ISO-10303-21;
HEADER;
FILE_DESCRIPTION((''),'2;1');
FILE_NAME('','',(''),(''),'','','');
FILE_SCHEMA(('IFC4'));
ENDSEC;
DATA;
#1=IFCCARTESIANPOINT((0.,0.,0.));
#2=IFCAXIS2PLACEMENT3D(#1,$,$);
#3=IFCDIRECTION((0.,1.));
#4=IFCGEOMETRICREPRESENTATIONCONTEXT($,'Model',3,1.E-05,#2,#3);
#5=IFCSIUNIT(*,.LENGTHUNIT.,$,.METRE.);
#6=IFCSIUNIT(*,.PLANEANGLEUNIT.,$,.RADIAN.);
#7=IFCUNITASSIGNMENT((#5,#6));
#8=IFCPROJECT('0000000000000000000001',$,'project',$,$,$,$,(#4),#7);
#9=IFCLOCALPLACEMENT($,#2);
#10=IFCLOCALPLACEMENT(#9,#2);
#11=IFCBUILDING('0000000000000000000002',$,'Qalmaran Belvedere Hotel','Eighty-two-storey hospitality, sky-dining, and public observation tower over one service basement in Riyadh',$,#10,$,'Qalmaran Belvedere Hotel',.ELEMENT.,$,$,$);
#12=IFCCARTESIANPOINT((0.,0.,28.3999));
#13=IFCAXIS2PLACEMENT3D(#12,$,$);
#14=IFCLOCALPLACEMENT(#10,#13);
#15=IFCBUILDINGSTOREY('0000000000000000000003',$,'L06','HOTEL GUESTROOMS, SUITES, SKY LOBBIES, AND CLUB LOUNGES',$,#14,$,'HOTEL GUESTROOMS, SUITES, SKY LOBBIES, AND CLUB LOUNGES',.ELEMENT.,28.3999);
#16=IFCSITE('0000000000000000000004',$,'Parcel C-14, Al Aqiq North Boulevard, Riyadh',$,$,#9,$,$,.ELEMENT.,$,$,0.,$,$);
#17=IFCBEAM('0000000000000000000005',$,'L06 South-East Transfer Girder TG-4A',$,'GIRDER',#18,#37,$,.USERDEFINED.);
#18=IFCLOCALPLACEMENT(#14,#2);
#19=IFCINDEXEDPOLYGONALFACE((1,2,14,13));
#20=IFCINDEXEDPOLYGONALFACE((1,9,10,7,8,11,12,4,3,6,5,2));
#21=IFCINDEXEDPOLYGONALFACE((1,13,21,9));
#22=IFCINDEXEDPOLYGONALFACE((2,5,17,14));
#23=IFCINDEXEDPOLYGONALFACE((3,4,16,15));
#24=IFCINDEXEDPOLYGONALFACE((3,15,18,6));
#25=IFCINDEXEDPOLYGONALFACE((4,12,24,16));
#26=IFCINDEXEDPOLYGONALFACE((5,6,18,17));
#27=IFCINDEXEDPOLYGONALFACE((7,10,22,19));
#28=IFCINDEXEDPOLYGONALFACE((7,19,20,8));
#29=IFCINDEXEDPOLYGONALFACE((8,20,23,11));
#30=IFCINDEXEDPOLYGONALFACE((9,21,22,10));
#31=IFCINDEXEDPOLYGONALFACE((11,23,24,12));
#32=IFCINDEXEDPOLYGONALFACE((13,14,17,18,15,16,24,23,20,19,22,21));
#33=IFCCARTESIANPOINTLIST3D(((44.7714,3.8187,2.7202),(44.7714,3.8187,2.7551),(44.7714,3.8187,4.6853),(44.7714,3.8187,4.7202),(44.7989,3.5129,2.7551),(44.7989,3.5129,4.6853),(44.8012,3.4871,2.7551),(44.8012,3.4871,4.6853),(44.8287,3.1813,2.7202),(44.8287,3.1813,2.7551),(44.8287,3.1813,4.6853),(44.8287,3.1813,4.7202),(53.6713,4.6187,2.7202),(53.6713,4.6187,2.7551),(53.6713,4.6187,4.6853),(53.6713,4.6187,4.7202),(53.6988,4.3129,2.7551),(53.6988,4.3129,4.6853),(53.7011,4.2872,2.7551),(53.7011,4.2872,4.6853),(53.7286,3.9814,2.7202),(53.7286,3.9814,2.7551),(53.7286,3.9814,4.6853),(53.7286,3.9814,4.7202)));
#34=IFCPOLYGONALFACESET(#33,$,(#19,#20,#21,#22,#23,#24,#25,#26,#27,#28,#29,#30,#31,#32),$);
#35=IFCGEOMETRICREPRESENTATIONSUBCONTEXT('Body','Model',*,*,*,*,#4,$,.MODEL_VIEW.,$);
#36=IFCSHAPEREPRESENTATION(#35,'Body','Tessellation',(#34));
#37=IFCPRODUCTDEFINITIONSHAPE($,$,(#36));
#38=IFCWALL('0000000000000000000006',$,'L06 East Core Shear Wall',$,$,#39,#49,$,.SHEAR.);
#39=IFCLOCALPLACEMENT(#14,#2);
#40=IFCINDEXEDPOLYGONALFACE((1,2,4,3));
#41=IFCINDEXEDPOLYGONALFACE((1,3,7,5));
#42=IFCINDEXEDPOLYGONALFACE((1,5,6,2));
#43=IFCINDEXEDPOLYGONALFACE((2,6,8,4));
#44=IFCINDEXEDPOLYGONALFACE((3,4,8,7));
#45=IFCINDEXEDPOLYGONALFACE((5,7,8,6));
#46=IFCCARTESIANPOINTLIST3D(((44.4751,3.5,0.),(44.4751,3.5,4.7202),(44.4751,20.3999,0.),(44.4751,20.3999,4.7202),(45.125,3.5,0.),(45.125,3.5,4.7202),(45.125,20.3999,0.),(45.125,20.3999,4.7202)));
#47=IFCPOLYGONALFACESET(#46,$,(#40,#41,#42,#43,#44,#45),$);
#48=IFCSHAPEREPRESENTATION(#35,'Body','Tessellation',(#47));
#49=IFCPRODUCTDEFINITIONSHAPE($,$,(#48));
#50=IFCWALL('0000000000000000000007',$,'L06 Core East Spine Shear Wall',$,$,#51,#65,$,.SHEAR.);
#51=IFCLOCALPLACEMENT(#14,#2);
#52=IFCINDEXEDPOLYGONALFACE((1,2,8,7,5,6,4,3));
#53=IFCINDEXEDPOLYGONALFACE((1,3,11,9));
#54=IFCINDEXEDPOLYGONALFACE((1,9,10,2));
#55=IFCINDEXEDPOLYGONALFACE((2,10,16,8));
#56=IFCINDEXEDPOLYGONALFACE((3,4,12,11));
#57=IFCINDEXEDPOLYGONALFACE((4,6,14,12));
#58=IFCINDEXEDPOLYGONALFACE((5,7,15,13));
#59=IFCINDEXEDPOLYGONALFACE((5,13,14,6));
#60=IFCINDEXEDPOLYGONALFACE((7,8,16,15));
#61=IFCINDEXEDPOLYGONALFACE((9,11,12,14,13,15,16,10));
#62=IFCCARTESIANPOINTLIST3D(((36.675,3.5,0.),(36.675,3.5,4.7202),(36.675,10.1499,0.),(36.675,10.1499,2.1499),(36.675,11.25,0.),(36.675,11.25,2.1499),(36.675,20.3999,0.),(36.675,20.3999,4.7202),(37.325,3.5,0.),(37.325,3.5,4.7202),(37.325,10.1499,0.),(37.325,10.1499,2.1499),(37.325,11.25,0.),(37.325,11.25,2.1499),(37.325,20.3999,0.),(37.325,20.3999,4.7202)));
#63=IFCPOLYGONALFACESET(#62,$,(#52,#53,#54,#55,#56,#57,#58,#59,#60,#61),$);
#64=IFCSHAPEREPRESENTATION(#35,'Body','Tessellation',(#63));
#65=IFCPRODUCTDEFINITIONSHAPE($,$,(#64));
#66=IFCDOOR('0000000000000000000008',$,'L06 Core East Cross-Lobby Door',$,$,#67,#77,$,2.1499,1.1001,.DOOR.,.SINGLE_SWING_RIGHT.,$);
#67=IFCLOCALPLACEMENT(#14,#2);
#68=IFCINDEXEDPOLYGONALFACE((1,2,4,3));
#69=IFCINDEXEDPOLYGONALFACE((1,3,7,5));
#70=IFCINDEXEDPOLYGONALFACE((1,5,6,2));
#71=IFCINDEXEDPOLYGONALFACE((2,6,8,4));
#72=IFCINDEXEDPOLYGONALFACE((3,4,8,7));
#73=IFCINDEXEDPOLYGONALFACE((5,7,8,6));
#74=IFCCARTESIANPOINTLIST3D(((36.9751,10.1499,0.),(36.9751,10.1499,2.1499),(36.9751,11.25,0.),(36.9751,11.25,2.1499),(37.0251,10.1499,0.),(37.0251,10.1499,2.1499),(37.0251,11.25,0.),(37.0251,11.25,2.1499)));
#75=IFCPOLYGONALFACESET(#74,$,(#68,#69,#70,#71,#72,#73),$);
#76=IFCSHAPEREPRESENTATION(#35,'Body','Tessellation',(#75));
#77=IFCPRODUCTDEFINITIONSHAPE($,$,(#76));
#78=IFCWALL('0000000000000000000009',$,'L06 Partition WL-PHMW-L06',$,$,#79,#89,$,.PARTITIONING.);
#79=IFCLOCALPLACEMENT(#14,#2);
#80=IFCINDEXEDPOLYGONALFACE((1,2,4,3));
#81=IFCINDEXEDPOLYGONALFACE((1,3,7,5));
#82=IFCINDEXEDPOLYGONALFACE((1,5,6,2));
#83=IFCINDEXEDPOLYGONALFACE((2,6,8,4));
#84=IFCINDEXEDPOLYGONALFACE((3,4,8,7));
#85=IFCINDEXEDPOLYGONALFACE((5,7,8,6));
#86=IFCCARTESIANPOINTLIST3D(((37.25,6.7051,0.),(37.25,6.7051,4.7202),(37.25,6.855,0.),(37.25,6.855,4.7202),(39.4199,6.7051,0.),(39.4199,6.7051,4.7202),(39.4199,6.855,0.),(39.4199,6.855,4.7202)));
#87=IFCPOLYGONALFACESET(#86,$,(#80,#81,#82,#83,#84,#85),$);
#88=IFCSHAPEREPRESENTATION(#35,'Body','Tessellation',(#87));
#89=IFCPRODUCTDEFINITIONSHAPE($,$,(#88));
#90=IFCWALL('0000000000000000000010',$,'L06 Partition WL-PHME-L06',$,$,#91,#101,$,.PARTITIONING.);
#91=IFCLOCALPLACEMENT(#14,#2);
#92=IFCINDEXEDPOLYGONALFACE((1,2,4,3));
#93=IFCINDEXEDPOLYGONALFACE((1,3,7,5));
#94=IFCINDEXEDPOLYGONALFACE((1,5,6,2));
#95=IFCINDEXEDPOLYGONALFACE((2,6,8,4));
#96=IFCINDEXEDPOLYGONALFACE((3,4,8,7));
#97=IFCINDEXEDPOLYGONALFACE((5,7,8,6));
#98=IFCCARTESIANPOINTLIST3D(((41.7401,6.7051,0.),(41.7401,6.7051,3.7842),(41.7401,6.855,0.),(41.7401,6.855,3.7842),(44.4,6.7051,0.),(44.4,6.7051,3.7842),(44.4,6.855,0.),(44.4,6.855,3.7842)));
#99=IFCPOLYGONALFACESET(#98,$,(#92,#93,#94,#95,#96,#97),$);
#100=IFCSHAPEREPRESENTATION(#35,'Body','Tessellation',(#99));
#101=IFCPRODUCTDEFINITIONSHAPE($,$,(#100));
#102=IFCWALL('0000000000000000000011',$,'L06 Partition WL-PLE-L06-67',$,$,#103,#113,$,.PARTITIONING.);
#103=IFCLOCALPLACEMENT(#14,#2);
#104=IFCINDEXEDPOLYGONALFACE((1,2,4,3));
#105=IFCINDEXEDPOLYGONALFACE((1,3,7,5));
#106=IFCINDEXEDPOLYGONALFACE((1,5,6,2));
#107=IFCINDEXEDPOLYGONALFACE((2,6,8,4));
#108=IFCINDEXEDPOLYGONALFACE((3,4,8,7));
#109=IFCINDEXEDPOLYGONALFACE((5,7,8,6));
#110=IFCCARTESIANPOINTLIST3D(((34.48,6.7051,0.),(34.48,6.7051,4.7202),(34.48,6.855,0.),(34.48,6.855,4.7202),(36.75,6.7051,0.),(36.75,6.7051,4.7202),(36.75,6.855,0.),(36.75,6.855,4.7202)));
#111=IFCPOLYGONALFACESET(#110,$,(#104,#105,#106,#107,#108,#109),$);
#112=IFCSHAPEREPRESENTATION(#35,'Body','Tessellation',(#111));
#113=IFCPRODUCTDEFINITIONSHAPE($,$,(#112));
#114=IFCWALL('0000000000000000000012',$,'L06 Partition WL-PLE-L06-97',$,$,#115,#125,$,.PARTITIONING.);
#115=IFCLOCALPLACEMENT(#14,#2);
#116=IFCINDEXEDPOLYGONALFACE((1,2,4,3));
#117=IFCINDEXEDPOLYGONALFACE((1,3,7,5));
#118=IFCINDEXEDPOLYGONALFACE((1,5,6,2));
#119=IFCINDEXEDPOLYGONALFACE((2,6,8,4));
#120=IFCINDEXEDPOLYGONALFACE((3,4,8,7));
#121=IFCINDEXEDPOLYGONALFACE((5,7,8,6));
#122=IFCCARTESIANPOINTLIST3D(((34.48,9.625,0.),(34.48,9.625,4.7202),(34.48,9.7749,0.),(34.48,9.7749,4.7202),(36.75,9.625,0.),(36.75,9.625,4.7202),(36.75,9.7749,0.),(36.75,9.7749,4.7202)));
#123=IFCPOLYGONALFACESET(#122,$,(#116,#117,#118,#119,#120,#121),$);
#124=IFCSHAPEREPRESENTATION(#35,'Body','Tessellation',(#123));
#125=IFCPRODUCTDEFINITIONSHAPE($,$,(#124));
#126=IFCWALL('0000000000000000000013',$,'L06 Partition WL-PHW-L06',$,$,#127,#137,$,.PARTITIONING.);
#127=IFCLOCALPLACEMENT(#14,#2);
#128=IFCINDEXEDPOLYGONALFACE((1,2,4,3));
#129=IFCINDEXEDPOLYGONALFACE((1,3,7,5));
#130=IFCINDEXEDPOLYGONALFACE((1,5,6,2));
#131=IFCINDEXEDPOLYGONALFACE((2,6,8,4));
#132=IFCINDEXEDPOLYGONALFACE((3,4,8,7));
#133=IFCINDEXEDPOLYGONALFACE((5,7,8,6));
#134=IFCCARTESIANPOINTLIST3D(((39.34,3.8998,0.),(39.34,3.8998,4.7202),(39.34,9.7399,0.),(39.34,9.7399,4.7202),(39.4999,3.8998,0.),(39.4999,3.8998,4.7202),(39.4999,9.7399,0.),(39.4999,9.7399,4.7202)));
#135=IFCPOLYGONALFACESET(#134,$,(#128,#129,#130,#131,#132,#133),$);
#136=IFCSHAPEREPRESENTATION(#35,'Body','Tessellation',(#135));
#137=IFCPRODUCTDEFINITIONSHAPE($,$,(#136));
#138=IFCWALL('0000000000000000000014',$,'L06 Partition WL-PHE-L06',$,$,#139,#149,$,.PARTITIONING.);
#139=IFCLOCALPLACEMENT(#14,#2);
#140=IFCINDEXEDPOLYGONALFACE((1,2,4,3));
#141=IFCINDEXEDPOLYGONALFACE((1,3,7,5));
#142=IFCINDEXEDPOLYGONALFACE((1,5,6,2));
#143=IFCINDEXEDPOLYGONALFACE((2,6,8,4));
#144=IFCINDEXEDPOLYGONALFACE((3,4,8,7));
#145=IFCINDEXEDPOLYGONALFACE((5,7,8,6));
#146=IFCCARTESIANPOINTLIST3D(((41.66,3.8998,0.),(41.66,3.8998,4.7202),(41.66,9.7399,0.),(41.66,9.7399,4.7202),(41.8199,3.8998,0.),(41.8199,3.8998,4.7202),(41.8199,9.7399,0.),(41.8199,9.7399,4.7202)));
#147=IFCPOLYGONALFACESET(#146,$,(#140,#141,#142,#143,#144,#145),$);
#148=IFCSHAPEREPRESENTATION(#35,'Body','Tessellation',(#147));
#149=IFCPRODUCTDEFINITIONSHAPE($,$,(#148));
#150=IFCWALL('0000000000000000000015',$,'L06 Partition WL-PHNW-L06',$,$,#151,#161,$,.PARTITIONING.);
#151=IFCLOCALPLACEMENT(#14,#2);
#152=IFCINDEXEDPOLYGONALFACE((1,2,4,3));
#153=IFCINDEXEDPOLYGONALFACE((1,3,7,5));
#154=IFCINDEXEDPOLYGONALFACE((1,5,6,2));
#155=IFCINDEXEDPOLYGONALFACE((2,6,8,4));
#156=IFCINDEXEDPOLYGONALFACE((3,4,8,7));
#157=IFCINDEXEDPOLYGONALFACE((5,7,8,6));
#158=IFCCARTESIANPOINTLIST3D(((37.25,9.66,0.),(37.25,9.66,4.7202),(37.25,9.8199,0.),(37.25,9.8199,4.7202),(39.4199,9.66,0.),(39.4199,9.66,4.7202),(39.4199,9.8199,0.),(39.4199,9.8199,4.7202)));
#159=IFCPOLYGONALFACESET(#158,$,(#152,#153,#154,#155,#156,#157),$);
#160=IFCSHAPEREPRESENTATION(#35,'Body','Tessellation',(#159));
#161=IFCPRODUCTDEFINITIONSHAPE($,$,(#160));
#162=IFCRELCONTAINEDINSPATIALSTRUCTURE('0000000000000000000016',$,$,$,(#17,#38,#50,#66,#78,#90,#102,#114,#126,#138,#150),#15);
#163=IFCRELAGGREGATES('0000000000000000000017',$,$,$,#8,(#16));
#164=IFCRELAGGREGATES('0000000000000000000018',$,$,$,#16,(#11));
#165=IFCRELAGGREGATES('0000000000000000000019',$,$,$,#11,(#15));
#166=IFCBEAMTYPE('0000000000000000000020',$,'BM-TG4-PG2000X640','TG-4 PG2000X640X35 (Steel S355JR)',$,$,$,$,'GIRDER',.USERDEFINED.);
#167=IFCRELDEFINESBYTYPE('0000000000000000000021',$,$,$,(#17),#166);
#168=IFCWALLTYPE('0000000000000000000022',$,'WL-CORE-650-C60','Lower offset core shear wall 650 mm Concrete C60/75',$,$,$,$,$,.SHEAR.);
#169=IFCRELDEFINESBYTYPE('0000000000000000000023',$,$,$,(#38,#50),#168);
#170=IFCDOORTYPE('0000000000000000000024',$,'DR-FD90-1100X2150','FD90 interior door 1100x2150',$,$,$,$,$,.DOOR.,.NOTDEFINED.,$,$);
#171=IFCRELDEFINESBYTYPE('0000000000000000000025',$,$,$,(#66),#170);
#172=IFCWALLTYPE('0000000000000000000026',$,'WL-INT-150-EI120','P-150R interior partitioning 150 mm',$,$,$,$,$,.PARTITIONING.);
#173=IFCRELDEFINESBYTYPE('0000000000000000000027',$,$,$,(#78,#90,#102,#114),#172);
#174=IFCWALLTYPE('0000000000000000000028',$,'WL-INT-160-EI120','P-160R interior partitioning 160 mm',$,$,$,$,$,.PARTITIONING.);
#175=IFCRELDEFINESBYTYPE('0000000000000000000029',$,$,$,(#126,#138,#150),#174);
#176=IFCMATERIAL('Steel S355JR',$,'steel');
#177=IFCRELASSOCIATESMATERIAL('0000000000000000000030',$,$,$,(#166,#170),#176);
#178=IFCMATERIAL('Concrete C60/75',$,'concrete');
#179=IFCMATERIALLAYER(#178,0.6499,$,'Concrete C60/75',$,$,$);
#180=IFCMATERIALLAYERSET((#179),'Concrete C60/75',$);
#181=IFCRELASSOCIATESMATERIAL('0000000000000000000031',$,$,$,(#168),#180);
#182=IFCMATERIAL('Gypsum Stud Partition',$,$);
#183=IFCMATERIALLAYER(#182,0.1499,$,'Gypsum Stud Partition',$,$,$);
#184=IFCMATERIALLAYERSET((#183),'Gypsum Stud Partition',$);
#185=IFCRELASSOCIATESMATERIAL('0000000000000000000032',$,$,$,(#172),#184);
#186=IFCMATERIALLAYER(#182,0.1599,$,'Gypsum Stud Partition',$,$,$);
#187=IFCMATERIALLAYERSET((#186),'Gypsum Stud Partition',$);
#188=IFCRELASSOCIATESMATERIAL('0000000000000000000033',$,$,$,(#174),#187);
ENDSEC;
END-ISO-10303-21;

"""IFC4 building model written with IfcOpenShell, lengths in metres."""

from ifc_helpers import new_model, si_unit, direction, frame, frame_2d, origin, origin_2d, place, context, subcontext, project, spatial, rectangle, i_section, extrude, material, layer, layer_set, material_profile, profile_set, type_object, element, fill, save


model = new_model("IFC4")

# Units and contexts
model_context = context("Model", 3, precision=1e-05, world=origin(), true_north=direction((0.0, 1.0)))
body_context = subcontext(model_context, "Body", "Model", "MODEL_VIEW")
ifc_project = project(units=[si_unit("LENGTHUNIT", "METRE"), si_unit("PLANEANGLEUNIT", "RADIAN")], contexts=[model_context])

# Site, building, storey
site_placement = place(None, origin())
site = spatial("IfcSite", under=ifc_project, at=site_placement, Name="Parcel C-14, Al Aqiq North Boulevard, Riyadh", CompositionType="ELEMENT", RefElevation=0.0)
building_placement = place(site_placement, origin())
building = spatial("IfcBuilding", under=site, at=building_placement, Name="Qalmaran Belvedere Hotel", Description="Eighty-two-storey hospitality, sky-dining, and public observation tower over one service basement in Riyadh", LongName="Qalmaran Belvedere Hotel", CompositionType="ELEMENT")
storey_placement = place(building_placement, frame((0.0, 0.0, 28.3999)))
storey = spatial("IfcBuildingStorey", under=building, at=storey_placement, Name="L06", Description="HOTEL GUESTROOMS, SUITES, SKY LOBBIES, AND CLUB LOUNGES", LongName="HOTEL GUESTROOMS, SUITES, SKY LOBBIES, AND CLUB LOUNGES", CompositionType="ELEMENT", Elevation=28.3999)

# Shared definitions
ifc_material_1 = material(Name="Concrete C60/75", Category="concrete")

# Beam
ifc_material_2 = material(Name="Steel S355JR", Category="steel")
ifc_material_profile_1 = material_profile(ifc_material_2, i_section(OverallWidth=0.6399, OverallDepth=2.0, WebThickness=0.0259, FlangeThickness=0.0349, at=origin_2d()), Name="PG2000X640X35")
ifc_profile_set_1 = profile_set([ifc_material_profile_1], Name="Steel S355JR")
beam_type_1 = type_object("IfcBeamType", Name="BM-TG4-PG2000X640", Description="TG-4 PG2000X640X35 (Steel S355JR)", ElementType="GIRDER", PredefinedType="USERDEFINED", material=ifc_profile_set_1)
beam_1_placement = place(storey_placement, frame((44.8, 3.5, 3.7202), z_axis=(0.995984, 0.089533, 0.0), x_axis=(-0.089533, 0.995984, 0.0)))
element("IfcBeam", 1, at=beam_1_placement, inside=storey, type_object=beam_type_1, Name="L06 South-East Transfer Girder TG-4A", ObjectType="GIRDER", PredefinedType="USERDEFINED", context=body_context, shape_type="SweptSolid", body=[
    extrude(i_section(OverallWidth=0.6399, OverallDepth=2.0, WebThickness=0.0259, FlangeThickness=0.0349, at=origin_2d()), origin(), (0.0, 0.0, 1.0), 8.9358),
])

# Wall
ifc_layer_1 = layer(ifc_material_1, 0.6499, Name="Concrete C60/75")
ifc_layer_set_1 = layer_set([ifc_layer_1], Name="Concrete C60/75")
wall_type_1 = type_object("IfcWallType", Name="WL-CORE-650-C60", Description="Lower offset core shear wall 650 mm Concrete C60/75", PredefinedType="SHEAR", material=ifc_layer_set_1)
wall_1_placement = place(storey_placement, frame((44.8, 3.5, 0.0), z_axis=(0.0, 0.0, 1.0), x_axis=(0.0, 1.0, 0.0)))
element("IfcWall", 2, at=wall_1_placement, inside=storey, type_object=wall_type_1, Name="L06 East Core Shear Wall", PredefinedType="SHEAR", context=body_context, shape_type="SweptSolid", body=[
    extrude(rectangle(XDim=16.8999, YDim=0.6499, at=frame_2d((8.45, 0.0))), origin(), (0.0, 0.0, 1.0), 4.7202),
])

# Wall, opening, door
wall_2_placement = place(storey_placement, frame((37.0, 3.5, 0.0), z_axis=(0.0, 0.0, 1.0), x_axis=(0.0, 1.0, 0.0)))
wall_2 = element("IfcWall", 3, at=wall_2_placement, inside=storey, type_object=wall_type_1, Name="L06 Core East Spine Shear Wall", PredefinedType="SHEAR", context=body_context, shape_type="SweptSolid", body=[
    extrude(rectangle(XDim=16.8999, YDim=0.6499, at=frame_2d((8.45, 0.0))), origin(), (0.0, 0.0, 1.0), 4.7202),
])
opening_1_placement = place(wall_2_placement, frame((6.6499, 0.0, 0.0)))
opening_1 = element("IfcOpeningElement", 4, at=opening_1_placement, cuts=wall_2, PredefinedType="OPENING", context=body_context, shape_type="SweptSolid", body=[
    extrude(rectangle(XDim=1.1001, YDim=2.1499, at=frame_2d((0.55, 1.075))), frame((0.0, 0.335, 0.0), z_axis=(0.0, -1.0, 0.0), x_axis=(1.0, 0.0, 0.0)), (0.0, 0.0, 1.0), 0.6699),
])
door_type_1 = type_object("IfcDoorType", Name="DR-FD90-1100X2150", Description="FD90 interior door 1100x2150", OperationType="NOTDEFINED", PredefinedType="DOOR", material=ifc_material_2)
door_1_placement = place(opening_1_placement, origin())
door_1 = element("IfcDoor", 5, at=door_1_placement, inside=storey, type_object=door_type_1, Name="L06 Core East Cross-Lobby Door", OperationType="SINGLE_SWING_RIGHT", OverallHeight=2.1499, OverallWidth=1.1001, PredefinedType="DOOR", context=body_context, shape_type="SweptSolid", body=[
    extrude(rectangle(XDim=1.1001, YDim=2.1499, at=frame_2d((0.55, 1.075))), frame((0.0, 0.0249, 0.0), z_axis=(0.0, -1.0, 0.0), x_axis=(1.0, 0.0, 0.0)), (0.0, 0.0, 1.0), 0.05),
])
fill(opening_1, door_1)

# Walls
ifc_material_3 = material(Name="Gypsum Stud Partition")
ifc_layer_2 = layer(ifc_material_3, 0.1499, Name="Gypsum Stud Partition")
ifc_layer_set_2 = layer_set([ifc_layer_2], Name="Gypsum Stud Partition")
wall_type_2 = type_object("IfcWallType", Name="WL-INT-150-EI120", Description="P-150R interior partitioning 150 mm", PredefinedType="PARTITIONING", material=ifc_layer_set_2)
wall_3_placement = place(storey_placement, frame((37.25, 6.78, 0.0), z_axis=(0.0, 0.0, 1.0), x_axis=(1.0, 0.0, 0.0)))
element("IfcWall", 6, at=wall_3_placement, inside=storey, type_object=wall_type_2, Name="L06 Partition WL-PHMW-L06", PredefinedType="PARTITIONING", context=body_context, shape_type="SweptSolid", body=[
    extrude(rectangle(XDim=2.1699, YDim=0.1499, at=frame_2d((1.085, 0.0))), origin(), (0.0, 0.0, 1.0), 4.7202),
])
wall_4_placement = place(storey_placement, frame((41.74, 6.78, 0.0), z_axis=(0.0, 0.0, 1.0), x_axis=(1.0, 0.0, 0.0)))
element("IfcWall", 7, at=wall_4_placement, inside=storey, type_object=wall_type_2, Name="L06 Partition WL-PHME-L06", PredefinedType="PARTITIONING", context=body_context, shape_type="SweptSolid", body=[
    extrude(rectangle(XDim=2.6599, YDim=0.1499, at=frame_2d((1.3301, 0.0))), origin(), (0.0, 0.0, 1.0), 3.7842),
])
for number, where, z_axis, x_axis, name in (
    (8, (34.48, 6.78, 0.0), (0.0, 0.0, 1.0), (1.0, 0.0, 0.0), "L06 Partition WL-PLE-L06-67"),
    (9, (34.48, 9.7, 0.0), (0.0, 0.0, 1.0), (1.0, 0.0, 0.0), "L06 Partition WL-PLE-L06-97"),
):
    element("IfcWall", number, at=place(storey_placement, frame(where, z_axis=z_axis, x_axis=x_axis)), inside=storey, type_object=wall_type_2, Name=name, PredefinedType="PARTITIONING", context=body_context, shape_type="SweptSolid", body=[
        extrude(rectangle(XDim=2.27, YDim=0.1499, at=frame_2d((1.135, 0.0))), origin(), (0.0, 0.0, 1.0), 4.7202),
    ])
ifc_layer_3 = layer(ifc_material_3, 0.1599, Name="Gypsum Stud Partition")
ifc_layer_set_3 = layer_set([ifc_layer_3], Name="Gypsum Stud Partition")
wall_type_3 = type_object("IfcWallType", Name="WL-INT-160-EI120", Description="P-160R interior partitioning 160 mm", PredefinedType="PARTITIONING", material=ifc_layer_set_3)
for number, where, z_axis, x_axis, name in (
    (10, (39.4199, 3.8999, 0.0), (0.0, 0.0, 1.0), (0.0, 1.0, 0.0), "L06 Partition WL-PHW-L06"),
    (11, (41.74, 3.8999, 0.0), (0.0, 0.0, 1.0), (0.0, 1.0, 0.0), "L06 Partition WL-PHE-L06"),
):
    element("IfcWall", number, at=place(storey_placement, frame(where, z_axis=z_axis, x_axis=x_axis)), inside=storey, type_object=wall_type_3, Name=name, PredefinedType="PARTITIONING", context=body_context, shape_type="SweptSolid", body=[
        extrude(rectangle(XDim=5.8401, YDim=0.1599, at=frame_2d((2.9199, 0.0))), origin(), (0.0, 0.0, 1.0), 4.7202),
    ])
wall_5_placement = place(storey_placement, frame((37.25, 9.74, 0.0), z_axis=(0.0, 0.0, 1.0), x_axis=(1.0, 0.0, 0.0)))
element("IfcWall", 12, at=wall_5_placement, inside=storey, type_object=wall_type_3, Name="L06 Partition WL-PHNW-L06", PredefinedType="PARTITIONING", context=body_context, shape_type="SweptSolid", body=[
    extrude(rectangle(XDim=2.1699, YDim=0.1599, at=frame_2d((1.085, 0.0))), origin(), (0.0, 0.0, 1.0), 4.7202),
])

save(model, "model.ifc")
